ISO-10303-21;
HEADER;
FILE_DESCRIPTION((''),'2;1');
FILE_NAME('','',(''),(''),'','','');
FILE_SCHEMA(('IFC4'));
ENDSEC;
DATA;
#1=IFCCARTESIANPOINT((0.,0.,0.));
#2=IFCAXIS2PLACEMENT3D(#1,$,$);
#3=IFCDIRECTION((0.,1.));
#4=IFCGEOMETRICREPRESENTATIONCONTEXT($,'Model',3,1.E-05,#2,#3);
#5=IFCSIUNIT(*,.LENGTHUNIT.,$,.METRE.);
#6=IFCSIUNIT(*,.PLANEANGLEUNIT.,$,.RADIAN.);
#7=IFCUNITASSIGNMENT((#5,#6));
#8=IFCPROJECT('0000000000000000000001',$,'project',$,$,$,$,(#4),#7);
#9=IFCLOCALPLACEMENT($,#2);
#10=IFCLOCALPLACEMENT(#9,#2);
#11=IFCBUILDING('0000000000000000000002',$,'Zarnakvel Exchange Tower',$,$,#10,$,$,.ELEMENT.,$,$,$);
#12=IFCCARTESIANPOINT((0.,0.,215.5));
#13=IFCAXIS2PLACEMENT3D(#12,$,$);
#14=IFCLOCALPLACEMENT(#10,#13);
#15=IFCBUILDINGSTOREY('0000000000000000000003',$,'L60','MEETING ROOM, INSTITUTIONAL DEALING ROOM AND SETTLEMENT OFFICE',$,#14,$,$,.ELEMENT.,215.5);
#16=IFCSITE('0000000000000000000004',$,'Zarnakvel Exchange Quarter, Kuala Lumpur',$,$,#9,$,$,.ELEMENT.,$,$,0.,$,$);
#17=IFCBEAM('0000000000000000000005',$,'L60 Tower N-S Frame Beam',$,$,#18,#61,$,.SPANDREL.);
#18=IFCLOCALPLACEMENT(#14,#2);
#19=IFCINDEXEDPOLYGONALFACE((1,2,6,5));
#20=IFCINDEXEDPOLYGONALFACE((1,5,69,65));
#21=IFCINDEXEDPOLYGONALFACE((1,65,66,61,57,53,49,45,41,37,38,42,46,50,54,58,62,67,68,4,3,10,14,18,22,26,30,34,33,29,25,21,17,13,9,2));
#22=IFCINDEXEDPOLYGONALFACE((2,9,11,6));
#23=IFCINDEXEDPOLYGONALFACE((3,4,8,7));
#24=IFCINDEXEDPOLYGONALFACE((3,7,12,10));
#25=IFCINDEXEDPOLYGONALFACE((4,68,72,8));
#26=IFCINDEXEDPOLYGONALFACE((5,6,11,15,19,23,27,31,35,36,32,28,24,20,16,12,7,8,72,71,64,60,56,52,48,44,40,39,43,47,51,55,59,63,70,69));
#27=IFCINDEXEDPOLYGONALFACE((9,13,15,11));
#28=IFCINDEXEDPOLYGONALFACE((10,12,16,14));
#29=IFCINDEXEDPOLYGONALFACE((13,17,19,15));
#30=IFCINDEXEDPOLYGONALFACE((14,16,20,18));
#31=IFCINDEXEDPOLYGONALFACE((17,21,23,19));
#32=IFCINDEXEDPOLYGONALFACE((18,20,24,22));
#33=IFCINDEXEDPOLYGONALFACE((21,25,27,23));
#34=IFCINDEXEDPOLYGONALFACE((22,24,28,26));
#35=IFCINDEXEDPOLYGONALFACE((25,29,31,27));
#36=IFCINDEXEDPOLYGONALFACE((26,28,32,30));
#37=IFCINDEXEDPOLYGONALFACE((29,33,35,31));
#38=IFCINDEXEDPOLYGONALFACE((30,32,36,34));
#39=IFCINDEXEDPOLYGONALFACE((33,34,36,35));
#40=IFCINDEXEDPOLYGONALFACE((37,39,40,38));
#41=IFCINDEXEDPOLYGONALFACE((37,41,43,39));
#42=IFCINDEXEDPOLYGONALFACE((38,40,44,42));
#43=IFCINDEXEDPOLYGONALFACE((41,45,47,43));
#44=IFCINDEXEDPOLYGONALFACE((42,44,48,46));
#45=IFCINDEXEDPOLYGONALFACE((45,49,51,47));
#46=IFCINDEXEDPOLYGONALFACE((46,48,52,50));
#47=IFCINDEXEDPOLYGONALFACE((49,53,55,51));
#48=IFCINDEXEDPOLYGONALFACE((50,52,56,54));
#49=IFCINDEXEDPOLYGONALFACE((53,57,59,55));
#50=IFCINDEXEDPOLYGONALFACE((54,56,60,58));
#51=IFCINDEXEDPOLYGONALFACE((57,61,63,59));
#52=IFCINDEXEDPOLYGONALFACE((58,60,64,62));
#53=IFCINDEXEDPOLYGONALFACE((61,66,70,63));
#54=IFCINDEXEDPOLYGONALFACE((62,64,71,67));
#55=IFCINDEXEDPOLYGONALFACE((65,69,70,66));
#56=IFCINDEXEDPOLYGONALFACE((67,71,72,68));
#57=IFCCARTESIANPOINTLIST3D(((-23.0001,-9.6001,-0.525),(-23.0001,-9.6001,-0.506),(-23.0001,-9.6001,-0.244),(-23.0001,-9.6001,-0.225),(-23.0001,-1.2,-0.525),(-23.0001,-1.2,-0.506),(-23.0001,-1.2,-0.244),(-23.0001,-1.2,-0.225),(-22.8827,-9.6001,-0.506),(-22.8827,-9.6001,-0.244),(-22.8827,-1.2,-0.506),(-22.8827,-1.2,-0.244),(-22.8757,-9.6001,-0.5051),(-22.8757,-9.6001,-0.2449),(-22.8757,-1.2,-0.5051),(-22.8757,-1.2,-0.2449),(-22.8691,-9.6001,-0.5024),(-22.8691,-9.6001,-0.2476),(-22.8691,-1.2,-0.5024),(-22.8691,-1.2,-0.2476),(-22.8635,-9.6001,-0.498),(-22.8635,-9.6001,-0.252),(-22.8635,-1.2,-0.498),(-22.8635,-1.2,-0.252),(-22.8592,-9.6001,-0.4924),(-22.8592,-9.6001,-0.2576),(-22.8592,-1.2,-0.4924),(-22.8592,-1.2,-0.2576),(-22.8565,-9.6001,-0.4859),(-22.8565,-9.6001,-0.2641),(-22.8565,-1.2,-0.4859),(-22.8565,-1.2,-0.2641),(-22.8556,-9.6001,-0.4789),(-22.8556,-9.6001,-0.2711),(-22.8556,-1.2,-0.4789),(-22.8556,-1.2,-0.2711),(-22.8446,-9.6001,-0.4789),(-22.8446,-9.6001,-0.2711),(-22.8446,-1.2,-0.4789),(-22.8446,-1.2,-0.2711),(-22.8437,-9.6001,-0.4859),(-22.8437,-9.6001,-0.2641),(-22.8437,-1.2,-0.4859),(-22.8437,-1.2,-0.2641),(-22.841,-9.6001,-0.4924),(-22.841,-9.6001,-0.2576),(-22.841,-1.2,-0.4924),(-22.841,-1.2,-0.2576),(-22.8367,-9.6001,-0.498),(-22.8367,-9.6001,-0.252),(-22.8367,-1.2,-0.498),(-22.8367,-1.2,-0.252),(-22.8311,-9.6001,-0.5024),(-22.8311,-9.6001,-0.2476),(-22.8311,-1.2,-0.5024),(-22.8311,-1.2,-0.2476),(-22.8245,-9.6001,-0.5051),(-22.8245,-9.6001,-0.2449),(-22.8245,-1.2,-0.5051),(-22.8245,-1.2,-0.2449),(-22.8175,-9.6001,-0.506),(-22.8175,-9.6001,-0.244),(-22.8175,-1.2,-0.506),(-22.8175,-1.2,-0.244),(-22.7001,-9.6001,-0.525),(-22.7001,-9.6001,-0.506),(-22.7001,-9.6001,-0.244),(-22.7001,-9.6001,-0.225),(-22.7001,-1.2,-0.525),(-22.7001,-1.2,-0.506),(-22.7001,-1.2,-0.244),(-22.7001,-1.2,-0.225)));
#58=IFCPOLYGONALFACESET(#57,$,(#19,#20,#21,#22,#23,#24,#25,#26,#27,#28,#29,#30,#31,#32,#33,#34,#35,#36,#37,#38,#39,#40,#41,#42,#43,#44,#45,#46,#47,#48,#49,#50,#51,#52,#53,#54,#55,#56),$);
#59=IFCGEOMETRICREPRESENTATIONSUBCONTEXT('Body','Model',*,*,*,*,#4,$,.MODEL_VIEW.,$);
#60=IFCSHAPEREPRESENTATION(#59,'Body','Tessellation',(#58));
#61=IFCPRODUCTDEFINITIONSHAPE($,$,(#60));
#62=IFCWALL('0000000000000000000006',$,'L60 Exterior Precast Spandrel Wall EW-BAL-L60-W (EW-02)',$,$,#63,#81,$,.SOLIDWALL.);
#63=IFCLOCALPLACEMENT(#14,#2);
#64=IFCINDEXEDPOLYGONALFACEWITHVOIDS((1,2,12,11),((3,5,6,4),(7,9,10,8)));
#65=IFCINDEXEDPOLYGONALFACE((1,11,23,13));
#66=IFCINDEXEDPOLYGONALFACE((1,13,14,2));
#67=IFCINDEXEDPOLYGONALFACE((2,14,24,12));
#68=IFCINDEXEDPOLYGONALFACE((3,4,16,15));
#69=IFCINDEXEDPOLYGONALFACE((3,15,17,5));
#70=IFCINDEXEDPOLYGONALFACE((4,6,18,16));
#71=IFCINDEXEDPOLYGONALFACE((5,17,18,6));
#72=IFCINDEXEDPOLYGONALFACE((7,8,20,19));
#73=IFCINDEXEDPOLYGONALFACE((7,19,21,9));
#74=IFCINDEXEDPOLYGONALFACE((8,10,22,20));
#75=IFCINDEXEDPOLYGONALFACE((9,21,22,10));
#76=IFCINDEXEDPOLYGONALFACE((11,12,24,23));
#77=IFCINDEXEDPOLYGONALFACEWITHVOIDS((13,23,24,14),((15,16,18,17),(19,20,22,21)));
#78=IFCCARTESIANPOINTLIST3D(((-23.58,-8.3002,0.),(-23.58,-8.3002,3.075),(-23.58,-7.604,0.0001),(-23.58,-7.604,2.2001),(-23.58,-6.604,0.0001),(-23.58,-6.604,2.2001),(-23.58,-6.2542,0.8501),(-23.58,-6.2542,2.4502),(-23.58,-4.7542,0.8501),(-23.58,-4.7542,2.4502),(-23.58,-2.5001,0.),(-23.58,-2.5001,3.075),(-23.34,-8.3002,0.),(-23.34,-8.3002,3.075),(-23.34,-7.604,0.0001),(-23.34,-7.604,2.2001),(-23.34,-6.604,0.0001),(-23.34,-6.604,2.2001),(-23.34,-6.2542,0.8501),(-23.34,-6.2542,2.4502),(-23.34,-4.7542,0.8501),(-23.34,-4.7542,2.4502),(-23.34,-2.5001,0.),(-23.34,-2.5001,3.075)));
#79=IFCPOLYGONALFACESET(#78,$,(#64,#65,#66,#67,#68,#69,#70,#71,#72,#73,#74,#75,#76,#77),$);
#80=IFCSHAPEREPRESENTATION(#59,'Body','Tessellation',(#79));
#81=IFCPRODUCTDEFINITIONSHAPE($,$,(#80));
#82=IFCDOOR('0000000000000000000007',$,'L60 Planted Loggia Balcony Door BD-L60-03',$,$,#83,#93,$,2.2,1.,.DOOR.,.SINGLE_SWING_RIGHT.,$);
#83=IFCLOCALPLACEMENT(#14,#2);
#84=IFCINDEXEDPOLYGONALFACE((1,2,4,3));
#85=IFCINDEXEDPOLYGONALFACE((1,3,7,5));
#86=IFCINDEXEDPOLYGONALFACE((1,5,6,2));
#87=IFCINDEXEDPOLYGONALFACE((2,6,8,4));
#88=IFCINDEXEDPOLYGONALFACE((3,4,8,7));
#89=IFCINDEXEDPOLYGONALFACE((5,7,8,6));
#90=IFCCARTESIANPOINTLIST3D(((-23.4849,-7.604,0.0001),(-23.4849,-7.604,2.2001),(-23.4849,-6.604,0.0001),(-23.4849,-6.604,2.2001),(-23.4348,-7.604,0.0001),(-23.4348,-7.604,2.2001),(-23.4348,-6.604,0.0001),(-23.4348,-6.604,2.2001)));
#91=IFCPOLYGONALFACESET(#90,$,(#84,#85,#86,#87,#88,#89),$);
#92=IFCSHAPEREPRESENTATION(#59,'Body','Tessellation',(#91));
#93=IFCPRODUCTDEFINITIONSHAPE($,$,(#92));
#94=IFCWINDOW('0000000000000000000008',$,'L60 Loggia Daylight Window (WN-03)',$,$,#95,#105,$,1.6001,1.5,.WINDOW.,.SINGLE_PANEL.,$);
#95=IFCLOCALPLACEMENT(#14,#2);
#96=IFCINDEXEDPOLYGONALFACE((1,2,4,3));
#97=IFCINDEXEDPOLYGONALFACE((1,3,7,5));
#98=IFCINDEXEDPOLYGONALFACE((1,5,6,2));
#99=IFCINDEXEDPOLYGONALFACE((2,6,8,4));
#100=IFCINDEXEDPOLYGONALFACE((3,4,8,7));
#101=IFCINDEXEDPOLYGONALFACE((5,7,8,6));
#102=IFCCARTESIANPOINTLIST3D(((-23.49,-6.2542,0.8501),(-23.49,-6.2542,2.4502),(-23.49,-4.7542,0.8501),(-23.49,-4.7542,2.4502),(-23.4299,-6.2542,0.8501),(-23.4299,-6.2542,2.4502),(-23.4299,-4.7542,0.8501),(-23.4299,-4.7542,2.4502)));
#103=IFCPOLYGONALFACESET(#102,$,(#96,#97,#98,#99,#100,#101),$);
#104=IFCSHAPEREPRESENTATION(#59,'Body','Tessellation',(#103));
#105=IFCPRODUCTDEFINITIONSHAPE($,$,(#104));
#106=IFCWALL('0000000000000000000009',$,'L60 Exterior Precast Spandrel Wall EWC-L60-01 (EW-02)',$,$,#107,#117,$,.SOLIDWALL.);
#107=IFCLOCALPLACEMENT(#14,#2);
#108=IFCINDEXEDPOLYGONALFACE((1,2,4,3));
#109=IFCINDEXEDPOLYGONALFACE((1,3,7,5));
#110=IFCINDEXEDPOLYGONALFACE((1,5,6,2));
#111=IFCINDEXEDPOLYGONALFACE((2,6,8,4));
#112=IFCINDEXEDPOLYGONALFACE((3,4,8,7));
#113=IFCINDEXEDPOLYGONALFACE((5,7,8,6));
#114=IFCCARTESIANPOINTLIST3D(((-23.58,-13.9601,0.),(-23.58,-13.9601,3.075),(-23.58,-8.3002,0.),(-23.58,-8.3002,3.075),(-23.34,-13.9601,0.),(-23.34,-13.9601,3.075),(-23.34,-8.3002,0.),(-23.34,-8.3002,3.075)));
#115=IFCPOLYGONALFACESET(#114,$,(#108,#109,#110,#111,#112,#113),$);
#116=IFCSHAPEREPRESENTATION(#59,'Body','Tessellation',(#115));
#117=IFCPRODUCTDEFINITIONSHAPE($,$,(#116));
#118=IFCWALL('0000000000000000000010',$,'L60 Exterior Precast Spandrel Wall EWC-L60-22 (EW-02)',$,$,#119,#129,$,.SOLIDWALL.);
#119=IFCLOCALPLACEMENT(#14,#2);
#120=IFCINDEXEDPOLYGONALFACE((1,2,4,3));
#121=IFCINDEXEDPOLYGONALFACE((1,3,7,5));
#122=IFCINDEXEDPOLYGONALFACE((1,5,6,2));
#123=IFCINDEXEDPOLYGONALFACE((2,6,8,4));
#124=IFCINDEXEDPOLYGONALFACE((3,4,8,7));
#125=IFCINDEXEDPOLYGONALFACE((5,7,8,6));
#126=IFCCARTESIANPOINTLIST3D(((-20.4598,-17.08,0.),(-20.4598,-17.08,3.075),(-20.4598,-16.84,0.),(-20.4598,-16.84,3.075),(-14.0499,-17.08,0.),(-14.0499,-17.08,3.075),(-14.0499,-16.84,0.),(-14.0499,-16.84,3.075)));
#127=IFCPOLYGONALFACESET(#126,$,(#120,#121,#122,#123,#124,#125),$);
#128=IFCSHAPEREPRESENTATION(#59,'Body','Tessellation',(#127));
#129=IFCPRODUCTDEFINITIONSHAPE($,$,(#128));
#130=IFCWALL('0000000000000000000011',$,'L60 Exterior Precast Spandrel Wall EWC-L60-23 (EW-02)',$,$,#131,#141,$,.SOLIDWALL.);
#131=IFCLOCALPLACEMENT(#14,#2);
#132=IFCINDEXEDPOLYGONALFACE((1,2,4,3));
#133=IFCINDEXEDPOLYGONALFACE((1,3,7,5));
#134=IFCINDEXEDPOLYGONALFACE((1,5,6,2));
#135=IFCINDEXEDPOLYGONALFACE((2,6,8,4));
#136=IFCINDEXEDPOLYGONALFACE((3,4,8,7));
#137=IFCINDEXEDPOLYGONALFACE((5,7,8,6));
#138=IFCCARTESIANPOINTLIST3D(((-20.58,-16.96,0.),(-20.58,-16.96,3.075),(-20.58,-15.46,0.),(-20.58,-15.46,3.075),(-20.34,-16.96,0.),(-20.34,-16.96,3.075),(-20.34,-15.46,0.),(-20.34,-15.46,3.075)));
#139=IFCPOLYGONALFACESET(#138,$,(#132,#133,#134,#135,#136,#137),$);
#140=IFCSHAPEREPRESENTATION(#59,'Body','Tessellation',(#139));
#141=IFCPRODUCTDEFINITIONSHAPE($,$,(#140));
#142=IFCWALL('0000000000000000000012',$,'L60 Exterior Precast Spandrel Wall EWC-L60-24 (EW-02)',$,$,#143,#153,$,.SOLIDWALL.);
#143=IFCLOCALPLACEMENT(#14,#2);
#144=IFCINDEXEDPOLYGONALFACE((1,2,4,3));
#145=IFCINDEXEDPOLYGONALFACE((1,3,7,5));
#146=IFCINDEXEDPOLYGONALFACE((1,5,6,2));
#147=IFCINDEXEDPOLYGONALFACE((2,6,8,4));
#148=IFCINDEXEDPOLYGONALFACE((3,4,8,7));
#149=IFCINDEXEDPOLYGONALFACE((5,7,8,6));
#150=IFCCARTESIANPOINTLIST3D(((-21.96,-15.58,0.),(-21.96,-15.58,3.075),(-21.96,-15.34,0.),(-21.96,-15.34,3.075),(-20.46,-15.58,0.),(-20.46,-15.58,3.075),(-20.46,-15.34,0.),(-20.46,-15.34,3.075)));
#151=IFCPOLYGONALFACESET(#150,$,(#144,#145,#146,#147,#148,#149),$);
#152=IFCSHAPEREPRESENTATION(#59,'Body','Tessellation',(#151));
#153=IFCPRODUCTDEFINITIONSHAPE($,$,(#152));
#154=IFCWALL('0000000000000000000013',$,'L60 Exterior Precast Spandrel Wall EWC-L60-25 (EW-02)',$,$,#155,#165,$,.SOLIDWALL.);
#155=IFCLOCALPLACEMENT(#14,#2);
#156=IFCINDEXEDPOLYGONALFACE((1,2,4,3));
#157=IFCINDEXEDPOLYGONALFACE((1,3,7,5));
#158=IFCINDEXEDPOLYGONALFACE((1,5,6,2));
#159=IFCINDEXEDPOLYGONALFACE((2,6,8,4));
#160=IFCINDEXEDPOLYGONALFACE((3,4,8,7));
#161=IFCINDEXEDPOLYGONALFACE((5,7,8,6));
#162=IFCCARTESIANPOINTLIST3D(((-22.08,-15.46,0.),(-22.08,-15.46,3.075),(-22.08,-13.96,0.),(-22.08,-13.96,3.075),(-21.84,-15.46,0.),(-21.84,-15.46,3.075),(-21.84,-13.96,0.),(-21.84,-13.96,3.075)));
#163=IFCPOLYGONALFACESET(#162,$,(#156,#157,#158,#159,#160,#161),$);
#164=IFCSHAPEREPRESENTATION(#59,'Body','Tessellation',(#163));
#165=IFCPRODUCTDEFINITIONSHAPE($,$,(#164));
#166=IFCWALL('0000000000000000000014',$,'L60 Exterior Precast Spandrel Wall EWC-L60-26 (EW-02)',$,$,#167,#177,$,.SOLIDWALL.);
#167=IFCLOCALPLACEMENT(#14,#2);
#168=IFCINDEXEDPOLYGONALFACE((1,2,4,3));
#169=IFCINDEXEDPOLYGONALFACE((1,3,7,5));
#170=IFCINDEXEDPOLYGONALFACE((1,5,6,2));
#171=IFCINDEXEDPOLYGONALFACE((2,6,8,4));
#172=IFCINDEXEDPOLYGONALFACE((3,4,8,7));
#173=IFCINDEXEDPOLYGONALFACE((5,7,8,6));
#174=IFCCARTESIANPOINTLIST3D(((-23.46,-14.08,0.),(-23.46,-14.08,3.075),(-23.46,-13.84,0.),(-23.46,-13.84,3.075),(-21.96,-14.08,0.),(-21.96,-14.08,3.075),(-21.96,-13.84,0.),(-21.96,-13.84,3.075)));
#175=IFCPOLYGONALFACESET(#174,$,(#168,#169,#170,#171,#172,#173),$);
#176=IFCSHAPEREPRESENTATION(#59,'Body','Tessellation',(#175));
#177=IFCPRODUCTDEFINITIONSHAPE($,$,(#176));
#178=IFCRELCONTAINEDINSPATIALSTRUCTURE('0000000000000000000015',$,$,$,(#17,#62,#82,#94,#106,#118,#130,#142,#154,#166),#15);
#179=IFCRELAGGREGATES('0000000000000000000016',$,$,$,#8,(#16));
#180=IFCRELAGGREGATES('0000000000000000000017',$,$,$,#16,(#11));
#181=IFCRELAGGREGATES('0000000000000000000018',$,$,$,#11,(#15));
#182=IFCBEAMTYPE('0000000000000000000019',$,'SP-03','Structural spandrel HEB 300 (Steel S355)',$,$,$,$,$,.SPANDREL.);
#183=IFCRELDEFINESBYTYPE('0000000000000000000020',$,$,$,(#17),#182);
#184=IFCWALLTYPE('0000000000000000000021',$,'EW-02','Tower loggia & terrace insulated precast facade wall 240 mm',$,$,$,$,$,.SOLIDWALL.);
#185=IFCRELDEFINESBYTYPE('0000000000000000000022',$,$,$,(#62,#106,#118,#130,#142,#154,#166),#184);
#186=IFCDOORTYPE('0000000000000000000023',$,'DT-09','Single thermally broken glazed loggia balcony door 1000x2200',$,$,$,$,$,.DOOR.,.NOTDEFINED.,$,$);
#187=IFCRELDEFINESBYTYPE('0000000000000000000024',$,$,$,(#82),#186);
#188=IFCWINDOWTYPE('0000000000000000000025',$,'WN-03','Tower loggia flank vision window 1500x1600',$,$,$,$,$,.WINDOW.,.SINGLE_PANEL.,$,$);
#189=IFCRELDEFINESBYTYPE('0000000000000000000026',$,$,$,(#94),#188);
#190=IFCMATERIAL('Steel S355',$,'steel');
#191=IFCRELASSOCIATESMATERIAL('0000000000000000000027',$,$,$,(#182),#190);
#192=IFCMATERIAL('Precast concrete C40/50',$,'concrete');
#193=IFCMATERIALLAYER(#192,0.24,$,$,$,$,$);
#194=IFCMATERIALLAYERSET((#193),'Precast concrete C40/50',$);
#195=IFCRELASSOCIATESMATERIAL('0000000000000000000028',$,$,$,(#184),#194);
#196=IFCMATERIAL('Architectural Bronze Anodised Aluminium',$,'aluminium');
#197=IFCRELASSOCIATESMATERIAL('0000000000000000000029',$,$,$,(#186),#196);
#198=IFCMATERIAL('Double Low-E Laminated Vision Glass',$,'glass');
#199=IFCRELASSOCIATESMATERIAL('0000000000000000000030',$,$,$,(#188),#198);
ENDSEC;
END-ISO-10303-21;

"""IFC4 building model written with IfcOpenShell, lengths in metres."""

from ifc_helpers import new_model, si_unit, direction, frame, frame_2d, origin, origin_2d, place, context, subcontext, project, spatial, rectangle, i_section, extrude, source, transform, mapped, material, layer, layer_set, material_profile, profile_set, type_object, element, fill, save


model = new_model("IFC4")

# Units and contexts
model_context = context("Model", 3, precision=1e-05, world=origin(), true_north=direction((0.0, 1.0)))
body_context = subcontext(model_context, "Body", "Model", "MODEL_VIEW")
ifc_project = project(units=[si_unit("LENGTHUNIT", "METRE"), si_unit("PLANEANGLEUNIT", "RADIAN")], contexts=[model_context])

# Site, building, storey
site_placement = place(None, origin())
site = spatial("IfcSite", under=ifc_project, at=site_placement, Name="Zarnakvel Exchange Quarter, Kuala Lumpur", CompositionType="ELEMENT", RefElevation=0.0)
building_placement = place(site_placement, origin())
building = spatial("IfcBuilding", under=site, at=building_placement, Name="Zarnakvel Exchange Tower", CompositionType="ELEMENT")
storey_placement = place(building_placement, frame((0.0, 0.0, 215.5)))
storey = spatial("IfcBuildingStorey", under=building, at=storey_placement, Name="L60", Description="MEETING ROOM, INSTITUTIONAL DEALING ROOM AND SETTLEMENT OFFICE", CompositionType="ELEMENT", Elevation=215.5)

# Shared definitions
ifc_material_1 = material(Name="Steel S355", Category="steel")

# Beam
ifc_material_profile_1 = material_profile(ifc_material_1, i_section(OverallWidth=0.3, OverallDepth=0.3, WebThickness=0.011, FlangeThickness=0.019, FilletRadius=0.0271, at=origin_2d()))
ifc_profile_set_1 = profile_set([ifc_material_profile_1], Name="Steel S355")
beam_type_1 = type_object("IfcBeamType", Name="SP-03", Description="Structural spandrel HEB 300 (Steel S355)", PredefinedType="SPANDREL", material=ifc_profile_set_1)
beam_1_placement = place(storey_placement, frame((-22.8501, -9.6001, -0.375), z_axis=(0.0, 1.0, 0.0), x_axis=(-1.0, 0.0, 0.0)))
element("IfcBeam", 1, at=beam_1_placement, inside=storey, type_object=beam_type_1, Name="L60 Tower N-S Frame Beam", PredefinedType="SPANDREL", context=body_context, shape_type="SweptSolid", body=[
    extrude(i_section(OverallWidth=0.3, OverallDepth=0.3, WebThickness=0.011, FlangeThickness=0.019, FilletRadius=0.0271, at=origin_2d()), origin(), (0.0, 0.0, 1.0), 8.4001),
])

# Wall, openings, door, window
ifc_material_2 = material(Name="Precast concrete C40/50", Category="concrete")
ifc_layer_1 = layer(ifc_material_2, 0.24)
ifc_layer_set_1 = layer_set([ifc_layer_1], Name="Precast concrete C40/50")
wall_type_1 = type_object("IfcWallType", Name="EW-02", Description="Tower loggia & terrace insulated precast facade wall 240 mm", PredefinedType="SOLIDWALL", material=ifc_layer_set_1)
wall_1_placement = place(storey_placement, frame((-23.46, -8.3, 0.0), z_axis=(0.0, 0.0, 1.0), x_axis=(0.0, 1.0, 0.0)))
wall_1 = element("IfcWall", 2, at=wall_1_placement, inside=storey, type_object=wall_type_1, Name="L60 Exterior Precast Spandrel Wall EW-BAL-L60-W (EW-02)", PredefinedType="SOLIDWALL", context=body_context, shape_type="SweptSolid", body=[
    extrude(rectangle(XDim=5.8, YDim=0.24, at=frame_2d((2.8999, 0.0))), origin(), (0.0, 0.0, 1.0), 3.075),
])
opening_1_placement = place(wall_1_placement, frame((0.696, 0.0, 0.0)))
opening_1 = element("IfcOpeningElement", 3, at=opening_1_placement, cuts=wall_1, PredefinedType="OPENING", context=body_context, shape_type="SweptSolid", body=[
    extrude(rectangle(XDim=1.0, YDim=2.2, at=frame_2d((0.5, 1.1001))), frame((0.0, 0.1299, 0.0), z_axis=(0.0, -1.0, 0.0), x_axis=(1.0, 0.0, 0.0)), (0.0, 0.0, 1.0), 0.26),
])
opening_2_placement = place(wall_1_placement, frame((2.0459, 0.0, 0.8501)))
opening_2 = element("IfcOpeningElement", 4, at=opening_2_placement, cuts=wall_1, PredefinedType="OPENING", context=body_context, shape_type="SweptSolid", body=[
    extrude(rectangle(XDim=1.5, YDim=1.6001, at=frame_2d((0.75, 0.8))), frame((0.0, 0.1299, 0.0), z_axis=(0.0, -1.0, 0.0), x_axis=(1.0, 0.0, 0.0)), (0.0, 0.0, 1.0), 0.26),
])
ifc_material_3 = material(Name="Architectural Bronze Anodised Aluminium", Category="aluminium")
door_type_1 = type_object("IfcDoorType", Name="DT-09", Description="Single thermally broken glazed loggia balcony door 1000x2200", OperationType="NOTDEFINED", PredefinedType="DOOR", material=ifc_material_3)
shared_shape_1 = source(origin(), body_context, "Body", "SweptSolid", [
    extrude(rectangle(XDim=1.0, YDim=2.2, at=frame_2d((0.5, 1.1001))), frame((0.0, 0.0249, 0.0), z_axis=(0.0, -1.0, 0.0), x_axis=(1.0, 0.0, 0.0)), (0.0, 0.0, 1.0), 0.05),
])
door_1_placement = place(opening_1_placement, origin())
door_1 = element("IfcDoor", 5, at=door_1_placement, inside=storey, type_object=door_type_1, Name="L60 Planted Loggia Balcony Door BD-L60-03", OperationType="SINGLE_SWING_RIGHT", OverallHeight=2.2, OverallWidth=1.0, PredefinedType="DOOR", context=body_context, shape_type="MappedRepresentation", body=[
    mapped(shared_shape_1, transform((0.0, 0.0, 0.0), x_axis=(1.0, 0.0, 0.0), y_axis=(0.0, 1.0, 0.0), z_axis=(0.0, 0.0, 1.0), scale=1.0)),
])
fill(opening_1, door_1)
ifc_material_4 = material(Name="Double Low-E Laminated Vision Glass", Category="glass")
window_type = type_object("IfcWindowType", Name="WN-03", Description="Tower loggia flank vision window 1500x1600", PartitioningType="SINGLE_PANEL", PredefinedType="WINDOW", material=ifc_material_4)
shared_shape_2 = source(origin(), body_context, "Body", "SweptSolid", [
    extrude(rectangle(XDim=1.5, YDim=1.6001, at=frame_2d((0.75, 0.8))), frame((0.0, 0.03, 0.0), z_axis=(0.0, -1.0, 0.0), x_axis=(1.0, 0.0, 0.0)), (0.0, 0.0, 1.0), 0.0601),
])
window_placement = place(opening_2_placement, origin())
window = element("IfcWindow", 6, at=window_placement, inside=storey, type_object=window_type, Name="L60 Loggia Daylight Window (WN-03)", OverallHeight=1.6001, OverallWidth=1.5, PartitioningType="SINGLE_PANEL", PredefinedType="WINDOW", context=body_context, shape_type="MappedRepresentation", body=[
    mapped(shared_shape_2, transform((0.0, 0.0, 0.0), x_axis=(1.0, 0.0, 0.0), y_axis=(0.0, 1.0, 0.0), z_axis=(0.0, 0.0, 1.0), scale=1.0)),
])
fill(opening_2, window)

# Walls
wall_2_placement = place(storey_placement, frame((-23.46, -8.3, 0.0), z_axis=(0.0, 0.0, 1.0), x_axis=(0.0, -1.0, 0.0)))
element("IfcWall", 7, at=wall_2_placement, inside=storey, type_object=wall_type_1, Name="L60 Exterior Precast Spandrel Wall EWC-L60-01 (EW-02)", PredefinedType="SOLIDWALL", context=body_context, shape_type="SweptSolid", body=[
    extrude(rectangle(XDim=5.6599, YDim=0.24, at=frame_2d((2.8301, 0.0))), origin(), (0.0, 0.0, 1.0), 3.075),
])
wall_3_placement = place(storey_placement, frame((-20.46, -16.96, 0.0), z_axis=(0.0, 0.0, 1.0), x_axis=(1.0, 0.0, 0.0)))
element("IfcWall", 8, at=wall_3_placement, inside=storey, type_object=wall_type_1, Name="L60 Exterior Precast Spandrel Wall EWC-L60-22 (EW-02)", PredefinedType="SOLIDWALL", context=body_context, shape_type="SweptSolid", body=[
    extrude(rectangle(XDim=6.4099, YDim=0.24, at=frame_2d((3.2051, 0.0))), origin(), (0.0, 0.0, 1.0), 3.075),
])
for number, where, z_axis, x_axis, name in (
    (9, (-20.46, -15.46, 0.0), (0.0, 0.0, 1.0), (0.0, -1.0, 0.0), "L60 Exterior Precast Spandrel Wall EWC-L60-23 (EW-02)"),
    (10, (-21.96, -15.46, 0.0), (0.0, 0.0, 1.0), (1.0, 0.0, 0.0), "L60 Exterior Precast Spandrel Wall EWC-L60-24 (EW-02)"),
    (11, (-21.96, -13.96, 0.0), (0.0, 0.0, 1.0), (0.0, -1.0, 0.0), "L60 Exterior Precast Spandrel Wall EWC-L60-25 (EW-02)"),
    (12, (-23.46, -13.96, 0.0), (0.0, 0.0, 1.0), (1.0, 0.0, 0.0), "L60 Exterior Precast Spandrel Wall EWC-L60-26 (EW-02)"),
):
    element("IfcWall", number, at=place(storey_placement, frame(where, z_axis=z_axis, x_axis=x_axis)), inside=storey, type_object=wall_type_1, Name=name, PredefinedType="SOLIDWALL", context=body_context, shape_type="SweptSolid", body=[
        extrude(rectangle(XDim=1.5, YDim=0.24, at=frame_2d((0.75, 0.0))), origin(), (0.0, 0.0, 1.0), 3.075),
    ])

save(model, "model.ifc")
